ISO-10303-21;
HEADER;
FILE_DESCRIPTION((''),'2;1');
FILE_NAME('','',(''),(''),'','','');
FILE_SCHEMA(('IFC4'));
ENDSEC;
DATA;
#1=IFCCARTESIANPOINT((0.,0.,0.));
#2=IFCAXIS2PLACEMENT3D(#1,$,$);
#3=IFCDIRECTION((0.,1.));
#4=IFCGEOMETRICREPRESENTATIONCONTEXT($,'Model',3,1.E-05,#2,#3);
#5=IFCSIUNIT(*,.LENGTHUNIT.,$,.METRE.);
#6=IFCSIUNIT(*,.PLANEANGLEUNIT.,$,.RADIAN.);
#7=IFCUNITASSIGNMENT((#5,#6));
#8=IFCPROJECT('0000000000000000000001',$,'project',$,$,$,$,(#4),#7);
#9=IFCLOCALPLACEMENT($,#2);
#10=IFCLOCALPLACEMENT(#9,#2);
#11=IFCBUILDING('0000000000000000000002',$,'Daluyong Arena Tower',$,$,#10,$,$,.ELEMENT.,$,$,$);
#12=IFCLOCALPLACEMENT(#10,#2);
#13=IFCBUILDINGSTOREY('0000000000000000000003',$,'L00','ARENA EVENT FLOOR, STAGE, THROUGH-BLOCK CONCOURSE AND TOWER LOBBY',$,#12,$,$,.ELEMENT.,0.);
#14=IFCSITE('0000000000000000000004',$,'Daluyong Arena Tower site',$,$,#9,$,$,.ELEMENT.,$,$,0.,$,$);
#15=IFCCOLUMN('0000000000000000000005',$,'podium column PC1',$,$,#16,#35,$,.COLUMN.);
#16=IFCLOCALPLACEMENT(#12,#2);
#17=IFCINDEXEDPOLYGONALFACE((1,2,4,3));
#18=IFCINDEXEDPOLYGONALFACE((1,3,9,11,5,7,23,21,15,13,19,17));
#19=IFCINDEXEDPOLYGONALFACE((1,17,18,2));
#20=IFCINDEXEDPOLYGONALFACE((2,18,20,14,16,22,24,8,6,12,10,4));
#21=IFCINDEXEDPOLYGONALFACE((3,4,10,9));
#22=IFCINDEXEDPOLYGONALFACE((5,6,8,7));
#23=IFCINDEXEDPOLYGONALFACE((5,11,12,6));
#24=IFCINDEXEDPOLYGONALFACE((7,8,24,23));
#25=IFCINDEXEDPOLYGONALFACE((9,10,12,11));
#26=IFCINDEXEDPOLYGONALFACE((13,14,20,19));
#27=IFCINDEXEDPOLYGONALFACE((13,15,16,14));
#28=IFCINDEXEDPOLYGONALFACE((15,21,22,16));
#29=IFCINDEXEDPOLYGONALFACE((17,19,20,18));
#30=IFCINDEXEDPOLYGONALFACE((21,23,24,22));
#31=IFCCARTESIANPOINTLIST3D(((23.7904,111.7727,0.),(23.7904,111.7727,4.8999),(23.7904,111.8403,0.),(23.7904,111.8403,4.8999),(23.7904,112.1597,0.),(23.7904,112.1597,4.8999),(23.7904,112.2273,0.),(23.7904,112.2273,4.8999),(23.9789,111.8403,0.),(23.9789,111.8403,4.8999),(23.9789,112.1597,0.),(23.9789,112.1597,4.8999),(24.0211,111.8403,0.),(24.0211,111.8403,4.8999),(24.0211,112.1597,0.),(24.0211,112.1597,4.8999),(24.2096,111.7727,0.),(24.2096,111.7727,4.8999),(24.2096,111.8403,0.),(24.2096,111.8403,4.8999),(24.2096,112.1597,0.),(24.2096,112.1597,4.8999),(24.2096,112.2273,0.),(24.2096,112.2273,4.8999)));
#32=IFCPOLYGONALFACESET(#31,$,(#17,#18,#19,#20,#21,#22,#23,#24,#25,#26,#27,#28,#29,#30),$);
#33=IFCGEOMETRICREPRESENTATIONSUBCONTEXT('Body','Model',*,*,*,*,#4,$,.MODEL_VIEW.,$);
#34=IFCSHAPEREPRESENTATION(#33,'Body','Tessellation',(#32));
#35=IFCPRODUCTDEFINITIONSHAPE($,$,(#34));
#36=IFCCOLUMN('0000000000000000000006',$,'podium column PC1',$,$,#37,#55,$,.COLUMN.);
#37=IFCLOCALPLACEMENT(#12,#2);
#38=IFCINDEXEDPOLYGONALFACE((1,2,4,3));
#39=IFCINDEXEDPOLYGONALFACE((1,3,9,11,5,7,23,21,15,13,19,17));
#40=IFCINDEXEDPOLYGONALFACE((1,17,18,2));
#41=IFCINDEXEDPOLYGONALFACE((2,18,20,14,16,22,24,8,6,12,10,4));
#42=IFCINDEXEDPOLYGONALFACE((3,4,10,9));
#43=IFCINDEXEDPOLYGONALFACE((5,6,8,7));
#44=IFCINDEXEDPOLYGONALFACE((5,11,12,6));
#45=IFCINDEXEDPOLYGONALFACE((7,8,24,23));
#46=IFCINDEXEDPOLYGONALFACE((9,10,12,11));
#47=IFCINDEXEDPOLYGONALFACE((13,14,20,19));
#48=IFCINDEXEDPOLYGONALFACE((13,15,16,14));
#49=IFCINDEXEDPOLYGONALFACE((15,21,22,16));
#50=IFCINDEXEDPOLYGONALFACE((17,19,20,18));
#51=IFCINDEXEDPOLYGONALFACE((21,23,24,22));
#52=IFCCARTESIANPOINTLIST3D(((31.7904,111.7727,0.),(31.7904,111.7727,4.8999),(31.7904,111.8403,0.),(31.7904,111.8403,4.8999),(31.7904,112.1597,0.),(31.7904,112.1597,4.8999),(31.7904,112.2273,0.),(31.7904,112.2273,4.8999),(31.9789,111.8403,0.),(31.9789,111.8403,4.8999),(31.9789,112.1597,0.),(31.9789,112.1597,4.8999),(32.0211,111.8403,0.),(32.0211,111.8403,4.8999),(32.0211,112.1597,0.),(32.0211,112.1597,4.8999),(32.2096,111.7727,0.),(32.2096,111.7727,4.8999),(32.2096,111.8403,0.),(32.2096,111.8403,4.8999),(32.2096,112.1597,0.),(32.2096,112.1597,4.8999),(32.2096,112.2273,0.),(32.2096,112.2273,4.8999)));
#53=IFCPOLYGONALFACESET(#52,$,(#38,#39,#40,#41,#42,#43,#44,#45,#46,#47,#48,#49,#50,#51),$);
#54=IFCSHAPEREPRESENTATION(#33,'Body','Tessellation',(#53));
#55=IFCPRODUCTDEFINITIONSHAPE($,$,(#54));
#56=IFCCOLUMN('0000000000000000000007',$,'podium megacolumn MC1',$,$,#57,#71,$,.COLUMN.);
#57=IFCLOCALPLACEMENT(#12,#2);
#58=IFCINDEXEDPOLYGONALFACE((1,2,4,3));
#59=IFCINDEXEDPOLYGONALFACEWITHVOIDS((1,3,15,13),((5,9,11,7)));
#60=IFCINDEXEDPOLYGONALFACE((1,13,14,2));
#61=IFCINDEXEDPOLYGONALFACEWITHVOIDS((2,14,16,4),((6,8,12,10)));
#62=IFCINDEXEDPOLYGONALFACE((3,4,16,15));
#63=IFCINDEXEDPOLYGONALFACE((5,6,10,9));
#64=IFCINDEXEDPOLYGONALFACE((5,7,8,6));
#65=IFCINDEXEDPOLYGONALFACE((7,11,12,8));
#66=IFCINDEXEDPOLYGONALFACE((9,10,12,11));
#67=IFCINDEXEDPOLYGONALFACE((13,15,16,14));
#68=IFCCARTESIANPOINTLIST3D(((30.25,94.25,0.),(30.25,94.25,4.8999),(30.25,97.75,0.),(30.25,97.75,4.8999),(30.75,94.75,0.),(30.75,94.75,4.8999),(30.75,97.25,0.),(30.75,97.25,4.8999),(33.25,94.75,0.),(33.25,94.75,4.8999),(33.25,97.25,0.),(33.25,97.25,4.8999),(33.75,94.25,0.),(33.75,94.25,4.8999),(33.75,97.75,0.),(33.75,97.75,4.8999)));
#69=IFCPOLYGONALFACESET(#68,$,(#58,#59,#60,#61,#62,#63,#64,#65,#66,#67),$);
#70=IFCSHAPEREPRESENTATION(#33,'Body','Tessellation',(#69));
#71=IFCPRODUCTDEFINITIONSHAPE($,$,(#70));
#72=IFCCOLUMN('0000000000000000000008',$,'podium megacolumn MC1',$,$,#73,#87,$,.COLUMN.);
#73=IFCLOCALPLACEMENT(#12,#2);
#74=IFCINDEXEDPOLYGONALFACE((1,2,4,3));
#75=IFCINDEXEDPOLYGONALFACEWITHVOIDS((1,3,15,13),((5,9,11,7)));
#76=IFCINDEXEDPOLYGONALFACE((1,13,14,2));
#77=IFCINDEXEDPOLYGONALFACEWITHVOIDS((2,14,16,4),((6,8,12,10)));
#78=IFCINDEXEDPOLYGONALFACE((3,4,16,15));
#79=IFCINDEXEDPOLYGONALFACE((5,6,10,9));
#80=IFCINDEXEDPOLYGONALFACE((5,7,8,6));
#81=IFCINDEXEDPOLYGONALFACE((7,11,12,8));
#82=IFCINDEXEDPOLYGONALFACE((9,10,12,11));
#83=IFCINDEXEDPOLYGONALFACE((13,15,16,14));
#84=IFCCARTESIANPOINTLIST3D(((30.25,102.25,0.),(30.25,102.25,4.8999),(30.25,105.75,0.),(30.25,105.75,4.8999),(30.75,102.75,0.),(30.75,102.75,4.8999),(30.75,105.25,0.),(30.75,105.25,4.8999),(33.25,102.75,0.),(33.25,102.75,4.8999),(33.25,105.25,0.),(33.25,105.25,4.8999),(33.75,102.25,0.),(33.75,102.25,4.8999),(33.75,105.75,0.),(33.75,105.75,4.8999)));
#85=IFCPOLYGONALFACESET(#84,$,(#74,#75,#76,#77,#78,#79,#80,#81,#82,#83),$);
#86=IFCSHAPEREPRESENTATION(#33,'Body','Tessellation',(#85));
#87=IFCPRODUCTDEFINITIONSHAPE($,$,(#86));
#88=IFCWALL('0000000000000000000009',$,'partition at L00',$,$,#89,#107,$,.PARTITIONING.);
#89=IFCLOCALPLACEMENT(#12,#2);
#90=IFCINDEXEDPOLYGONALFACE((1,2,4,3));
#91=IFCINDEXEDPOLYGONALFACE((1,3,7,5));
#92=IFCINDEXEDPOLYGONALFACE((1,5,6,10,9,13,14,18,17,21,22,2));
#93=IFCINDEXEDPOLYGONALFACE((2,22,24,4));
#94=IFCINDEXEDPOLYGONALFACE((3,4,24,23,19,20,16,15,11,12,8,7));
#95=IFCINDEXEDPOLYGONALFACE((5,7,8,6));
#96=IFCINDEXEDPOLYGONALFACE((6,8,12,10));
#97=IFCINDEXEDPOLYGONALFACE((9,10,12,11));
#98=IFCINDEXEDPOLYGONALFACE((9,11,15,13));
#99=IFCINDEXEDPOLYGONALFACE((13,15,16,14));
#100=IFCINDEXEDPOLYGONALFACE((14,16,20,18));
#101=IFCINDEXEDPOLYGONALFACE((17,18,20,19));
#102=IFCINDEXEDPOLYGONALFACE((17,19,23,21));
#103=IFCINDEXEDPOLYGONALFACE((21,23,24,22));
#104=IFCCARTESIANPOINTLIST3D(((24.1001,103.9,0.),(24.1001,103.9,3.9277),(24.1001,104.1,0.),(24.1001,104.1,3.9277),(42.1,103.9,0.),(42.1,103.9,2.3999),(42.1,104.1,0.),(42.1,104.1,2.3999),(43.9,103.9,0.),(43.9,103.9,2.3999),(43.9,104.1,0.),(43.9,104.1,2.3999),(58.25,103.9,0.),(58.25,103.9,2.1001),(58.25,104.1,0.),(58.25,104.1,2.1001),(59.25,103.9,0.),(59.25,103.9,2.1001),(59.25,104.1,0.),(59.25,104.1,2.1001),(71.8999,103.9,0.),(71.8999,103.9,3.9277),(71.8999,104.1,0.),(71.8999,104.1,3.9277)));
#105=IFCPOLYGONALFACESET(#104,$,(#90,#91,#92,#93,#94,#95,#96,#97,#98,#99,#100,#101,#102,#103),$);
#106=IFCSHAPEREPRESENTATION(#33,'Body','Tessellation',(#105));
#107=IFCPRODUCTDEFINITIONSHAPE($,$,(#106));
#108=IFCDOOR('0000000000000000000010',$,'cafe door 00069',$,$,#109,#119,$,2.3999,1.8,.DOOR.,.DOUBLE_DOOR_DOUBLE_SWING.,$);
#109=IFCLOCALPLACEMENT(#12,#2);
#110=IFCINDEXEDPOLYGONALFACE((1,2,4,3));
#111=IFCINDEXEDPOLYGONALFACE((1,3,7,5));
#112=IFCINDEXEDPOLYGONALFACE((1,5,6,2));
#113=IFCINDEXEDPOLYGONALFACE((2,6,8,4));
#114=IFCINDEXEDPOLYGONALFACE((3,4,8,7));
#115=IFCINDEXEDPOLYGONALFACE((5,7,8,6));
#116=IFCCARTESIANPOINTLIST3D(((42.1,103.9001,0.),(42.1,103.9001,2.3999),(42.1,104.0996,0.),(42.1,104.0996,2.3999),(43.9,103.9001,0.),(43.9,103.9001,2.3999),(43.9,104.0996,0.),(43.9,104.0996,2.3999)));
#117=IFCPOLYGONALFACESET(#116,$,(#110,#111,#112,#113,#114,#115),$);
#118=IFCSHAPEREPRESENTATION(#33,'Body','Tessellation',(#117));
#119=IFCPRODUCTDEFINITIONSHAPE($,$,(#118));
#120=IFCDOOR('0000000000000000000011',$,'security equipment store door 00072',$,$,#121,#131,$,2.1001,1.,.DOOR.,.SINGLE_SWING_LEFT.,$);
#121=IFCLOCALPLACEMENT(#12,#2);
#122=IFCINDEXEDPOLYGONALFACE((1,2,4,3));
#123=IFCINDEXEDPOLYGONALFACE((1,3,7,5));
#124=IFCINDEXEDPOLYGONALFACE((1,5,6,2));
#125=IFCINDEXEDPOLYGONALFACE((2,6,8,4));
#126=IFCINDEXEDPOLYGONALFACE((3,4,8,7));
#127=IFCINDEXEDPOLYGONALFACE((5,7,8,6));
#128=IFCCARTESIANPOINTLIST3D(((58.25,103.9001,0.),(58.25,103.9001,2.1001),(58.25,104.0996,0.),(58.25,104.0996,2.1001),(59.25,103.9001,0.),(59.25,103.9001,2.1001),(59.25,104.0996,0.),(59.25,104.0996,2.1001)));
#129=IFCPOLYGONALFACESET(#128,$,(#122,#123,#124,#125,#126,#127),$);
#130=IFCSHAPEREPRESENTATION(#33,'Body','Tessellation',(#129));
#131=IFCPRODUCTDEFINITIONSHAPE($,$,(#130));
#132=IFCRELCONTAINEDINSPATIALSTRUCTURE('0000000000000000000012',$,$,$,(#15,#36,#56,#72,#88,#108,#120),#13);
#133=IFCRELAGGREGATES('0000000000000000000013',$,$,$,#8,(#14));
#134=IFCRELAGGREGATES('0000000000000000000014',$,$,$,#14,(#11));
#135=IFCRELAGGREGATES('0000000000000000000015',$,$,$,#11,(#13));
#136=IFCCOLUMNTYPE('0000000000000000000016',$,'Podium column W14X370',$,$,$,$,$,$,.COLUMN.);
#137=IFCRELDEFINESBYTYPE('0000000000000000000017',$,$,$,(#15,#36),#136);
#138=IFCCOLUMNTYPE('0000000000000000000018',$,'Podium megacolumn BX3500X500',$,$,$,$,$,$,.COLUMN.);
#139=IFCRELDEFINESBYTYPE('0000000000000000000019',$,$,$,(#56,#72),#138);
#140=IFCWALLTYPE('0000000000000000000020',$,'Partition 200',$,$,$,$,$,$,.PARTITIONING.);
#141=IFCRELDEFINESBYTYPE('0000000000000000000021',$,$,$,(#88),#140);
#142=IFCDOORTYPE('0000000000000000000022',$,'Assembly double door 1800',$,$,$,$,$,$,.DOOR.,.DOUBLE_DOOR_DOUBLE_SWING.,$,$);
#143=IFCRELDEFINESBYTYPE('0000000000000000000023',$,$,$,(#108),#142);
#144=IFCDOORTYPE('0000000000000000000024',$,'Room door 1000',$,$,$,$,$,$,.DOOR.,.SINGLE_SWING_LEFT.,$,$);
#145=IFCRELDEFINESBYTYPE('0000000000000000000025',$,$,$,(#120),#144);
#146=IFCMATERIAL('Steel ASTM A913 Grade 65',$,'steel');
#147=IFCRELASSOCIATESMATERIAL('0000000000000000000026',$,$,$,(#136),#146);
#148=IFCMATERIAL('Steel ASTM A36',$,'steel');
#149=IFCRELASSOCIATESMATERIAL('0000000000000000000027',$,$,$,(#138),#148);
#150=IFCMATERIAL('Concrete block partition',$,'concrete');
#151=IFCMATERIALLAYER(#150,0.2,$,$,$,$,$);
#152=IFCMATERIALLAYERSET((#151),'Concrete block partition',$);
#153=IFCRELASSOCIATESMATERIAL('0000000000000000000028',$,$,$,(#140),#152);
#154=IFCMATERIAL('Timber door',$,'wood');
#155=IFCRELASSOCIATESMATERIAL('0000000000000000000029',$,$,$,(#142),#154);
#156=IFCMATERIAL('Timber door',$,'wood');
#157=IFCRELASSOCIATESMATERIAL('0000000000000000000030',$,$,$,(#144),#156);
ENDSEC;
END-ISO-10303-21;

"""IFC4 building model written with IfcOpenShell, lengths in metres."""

from ifc_helpers import new_model, si_unit, direction, frame, frame_2d, origin, origin_2d, place, context, subcontext, project, spatial, rectangle, hollow_rectangle, i_section, extrude, material, layer, layer_set, material_profile, profile_set, type_object, element, fill, save


model = new_model("IFC4")

# Units and contexts
model_context = context("Model", 3, precision=1e-05, world=origin(), true_north=direction((0.0, 1.0)))
body_context = subcontext(model_context, "Body", "Model", "MODEL_VIEW")
ifc_project = project(units=[si_unit("LENGTHUNIT", "METRE"), si_unit("PLANEANGLEUNIT", "RADIAN")], contexts=[model_context])

# Site, building, storey
site_placement = place(None, origin())
site = spatial("IfcSite", under=ifc_project, at=site_placement, Name="Daluyong Arena Tower site", CompositionType="ELEMENT", RefElevation=0.0)
building_placement = place(site_placement, origin())
building = spatial("IfcBuilding", under=site, at=building_placement, Name="Daluyong Arena Tower", CompositionType="ELEMENT")
storey_placement = place(building_placement, origin())
storey = spatial("IfcBuildingStorey", under=building, at=storey_placement, Name="L00", Description="ARENA EVENT FLOOR, STAGE, THROUGH-BLOCK CONCOURSE AND TOWER LOBBY", CompositionType="ELEMENT", Elevation=0.0)

# Columns
ifc_material_1 = material(Name="Steel ASTM A913 Grade 65", Category="steel")
ifc_material_profile_1 = material_profile(ifc_material_1, i_section(OverallWidth=0.4192, OverallDepth=0.4546, WebThickness=0.0422, FlangeThickness=0.0676, at=origin_2d()))
ifc_profile_set_1 = profile_set([ifc_material_profile_1], Name="Steel ASTM A913 Grade 65")
column_type_1 = type_object("IfcColumnType", Name="Podium column W14X370", PredefinedType="COLUMN", material=ifc_profile_set_1)
for number, where, z_axis, x_axis, name in (
    (1, (24.0, 112.0, 0.0), (0.0, 0.0, 1.0), (1.0, 0.0, 0.0), "podium column PC1"),
    (2, (32.0, 112.0, 0.0), (0.0, 0.0, 1.0), (1.0, 0.0, 0.0), "podium column PC1"),
):
    element("IfcColumn", number, at=place(storey_placement, frame(where, z_axis=z_axis, x_axis=x_axis)), inside=storey, type_object=column_type_1, Name=name, PredefinedType="COLUMN", context=body_context, shape_type="SweptSolid", body=[
        extrude(i_section(OverallWidth=0.4192, OverallDepth=0.4546, WebThickness=0.0422, FlangeThickness=0.0676, at=origin_2d()), origin(), (0.0, 0.0, 1.0), 4.8999),
    ])
ifc_material_2 = material(Name="Steel ASTM A36", Category="steel")
ifc_material_profile_2 = material_profile(ifc_material_2, hollow_rectangle(XDim=3.5, YDim=3.5, WallThickness=0.5, at=origin_2d()))
ifc_profile_set_2 = profile_set([ifc_material_profile_2], Name="Steel ASTM A36")
column_type_2 = type_object("IfcColumnType", Name="Podium megacolumn BX3500X500", PredefinedType="COLUMN", material=ifc_profile_set_2)
for number, where, z_axis, x_axis, name in (
    (3, (32.0, 96.0, 0.0), (0.0, 0.0, 1.0), (1.0, 0.0, 0.0), "podium megacolumn MC1"),
    (4, (32.0, 104.0, 0.0), (0.0, 0.0, 1.0), (1.0, 0.0, 0.0), "podium megacolumn MC1"),
):
    element("IfcColumn", number, at=place(storey_placement, frame(where, z_axis=z_axis, x_axis=x_axis)), inside=storey, type_object=column_type_2, Name=name, PredefinedType="COLUMN", context=body_context, shape_type="SweptSolid", body=[
        extrude(hollow_rectangle(XDim=3.5, YDim=3.5, WallThickness=0.5, at=origin_2d()), origin(), (0.0, 0.0, 1.0), 4.8999),
    ])

# Wall, openings, doors
ifc_material_3 = material(Name="Concrete block partition", Category="concrete")
ifc_layer_1 = layer(ifc_material_3, 0.2)
ifc_layer_set_1 = layer_set([ifc_layer_1], Name="Concrete block partition")
wall_type = type_object("IfcWallType", Name="Partition 200", PredefinedType="PARTITIONING", material=ifc_layer_set_1)
wall_placement = place(storey_placement, frame((24.1001, 104.0, 0.0), z_axis=(0.0, 0.0, 1.0), x_axis=(1.0, 0.0, 0.0)))
wall = element("IfcWall", 5, at=wall_placement, inside=storey, type_object=wall_type, Name="partition at L00", PredefinedType="PARTITIONING", context=body_context, shape_type="SweptSolid", body=[
    extrude(rectangle(XDim=47.7998, YDim=0.2, at=frame_2d((23.8999, 0.0))), origin(), (0.0, 0.0, 1.0), 3.9277),
])
opening_1_placement = place(wall_placement, frame((18.0, 0.0, 0.0)))
opening_1 = element("IfcOpeningElement", 6, at=opening_1_placement, cuts=wall, PredefinedType="OPENING", context=body_context, shape_type="SweptSolid", body=[
    extrude(rectangle(XDim=1.8, YDim=2.3999, at=frame_2d((0.8999, 1.2))), frame((0.0, 0.1099, 0.0), z_axis=(0.0, -1.0, 0.0), x_axis=(1.0, 0.0, 0.0)), (0.0, 0.0, 1.0), 0.22),
])
opening_2_placement = place(wall_placement, frame((34.1499, 0.0, 0.0)))
opening_2 = element("IfcOpeningElement", 7, at=opening_2_placement, cuts=wall, PredefinedType="OPENING", context=body_context, shape_type="SweptSolid", body=[
    extrude(rectangle(XDim=1.0, YDim=2.1001, at=frame_2d((0.5, 1.05))), frame((0.0, 0.1099, 0.0), z_axis=(0.0, -1.0, 0.0), x_axis=(1.0, 0.0, 0.0)), (0.0, 0.0, 1.0), 0.22),
])
ifc_material_4 = material(Name="Timber door", Category="wood")
door_type_1 = type_object("IfcDoorType", Name="Assembly double door 1800", OperationType="DOUBLE_DOOR_DOUBLE_SWING", PredefinedType="DOOR", material=ifc_material_4)
door_1_placement = place(opening_1_placement, origin())
door_1 = element("IfcDoor", 8, at=door_1_placement, inside=storey, type_object=door_type_1, Name="cafe door 00069", OperationType="DOUBLE_DOOR_DOUBLE_SWING", OverallHeight=2.3999, OverallWidth=1.8, PredefinedType="DOOR", context=body_context, shape_type="SweptSolid", body=[
    extrude(rectangle(XDim=1.8, YDim=2.3999, at=frame_2d((0.8999, 1.2))), frame((0.0, 0.0996, 0.0), z_axis=(0.0, -1.0, 0.0), x_axis=(1.0, 0.0, 0.0)), (0.0, 0.0, 1.0), 0.1995),
])
fill(opening_1, door_1)
ifc_material_5 = material(Name="Timber door", Category="wood")
door_type_2 = type_object("IfcDoorType", Name="Room door 1000", OperationType="SINGLE_SWING_LEFT", PredefinedType="DOOR", material=ifc_material_5)
door_2_placement = place(opening_2_placement, origin())
door_2 = element("IfcDoor", 9, at=door_2_placement, inside=storey, type_object=door_type_2, Name="security equipment store door 00072", OperationType="SINGLE_SWING_LEFT", OverallHeight=2.1001, OverallWidth=1.0, PredefinedType="DOOR", context=body_context, shape_type="SweptSolid", body=[
    extrude(rectangle(XDim=1.0, YDim=2.1001, at=frame_2d((0.5, 1.05))), frame((0.0, 0.0996, 0.0), z_axis=(0.0, -1.0, 0.0), x_axis=(1.0, 0.0, 0.0)), (0.0, 0.0, 1.0), 0.1995),
])
fill(opening_2, door_2)

save(model, "model.ifc")
